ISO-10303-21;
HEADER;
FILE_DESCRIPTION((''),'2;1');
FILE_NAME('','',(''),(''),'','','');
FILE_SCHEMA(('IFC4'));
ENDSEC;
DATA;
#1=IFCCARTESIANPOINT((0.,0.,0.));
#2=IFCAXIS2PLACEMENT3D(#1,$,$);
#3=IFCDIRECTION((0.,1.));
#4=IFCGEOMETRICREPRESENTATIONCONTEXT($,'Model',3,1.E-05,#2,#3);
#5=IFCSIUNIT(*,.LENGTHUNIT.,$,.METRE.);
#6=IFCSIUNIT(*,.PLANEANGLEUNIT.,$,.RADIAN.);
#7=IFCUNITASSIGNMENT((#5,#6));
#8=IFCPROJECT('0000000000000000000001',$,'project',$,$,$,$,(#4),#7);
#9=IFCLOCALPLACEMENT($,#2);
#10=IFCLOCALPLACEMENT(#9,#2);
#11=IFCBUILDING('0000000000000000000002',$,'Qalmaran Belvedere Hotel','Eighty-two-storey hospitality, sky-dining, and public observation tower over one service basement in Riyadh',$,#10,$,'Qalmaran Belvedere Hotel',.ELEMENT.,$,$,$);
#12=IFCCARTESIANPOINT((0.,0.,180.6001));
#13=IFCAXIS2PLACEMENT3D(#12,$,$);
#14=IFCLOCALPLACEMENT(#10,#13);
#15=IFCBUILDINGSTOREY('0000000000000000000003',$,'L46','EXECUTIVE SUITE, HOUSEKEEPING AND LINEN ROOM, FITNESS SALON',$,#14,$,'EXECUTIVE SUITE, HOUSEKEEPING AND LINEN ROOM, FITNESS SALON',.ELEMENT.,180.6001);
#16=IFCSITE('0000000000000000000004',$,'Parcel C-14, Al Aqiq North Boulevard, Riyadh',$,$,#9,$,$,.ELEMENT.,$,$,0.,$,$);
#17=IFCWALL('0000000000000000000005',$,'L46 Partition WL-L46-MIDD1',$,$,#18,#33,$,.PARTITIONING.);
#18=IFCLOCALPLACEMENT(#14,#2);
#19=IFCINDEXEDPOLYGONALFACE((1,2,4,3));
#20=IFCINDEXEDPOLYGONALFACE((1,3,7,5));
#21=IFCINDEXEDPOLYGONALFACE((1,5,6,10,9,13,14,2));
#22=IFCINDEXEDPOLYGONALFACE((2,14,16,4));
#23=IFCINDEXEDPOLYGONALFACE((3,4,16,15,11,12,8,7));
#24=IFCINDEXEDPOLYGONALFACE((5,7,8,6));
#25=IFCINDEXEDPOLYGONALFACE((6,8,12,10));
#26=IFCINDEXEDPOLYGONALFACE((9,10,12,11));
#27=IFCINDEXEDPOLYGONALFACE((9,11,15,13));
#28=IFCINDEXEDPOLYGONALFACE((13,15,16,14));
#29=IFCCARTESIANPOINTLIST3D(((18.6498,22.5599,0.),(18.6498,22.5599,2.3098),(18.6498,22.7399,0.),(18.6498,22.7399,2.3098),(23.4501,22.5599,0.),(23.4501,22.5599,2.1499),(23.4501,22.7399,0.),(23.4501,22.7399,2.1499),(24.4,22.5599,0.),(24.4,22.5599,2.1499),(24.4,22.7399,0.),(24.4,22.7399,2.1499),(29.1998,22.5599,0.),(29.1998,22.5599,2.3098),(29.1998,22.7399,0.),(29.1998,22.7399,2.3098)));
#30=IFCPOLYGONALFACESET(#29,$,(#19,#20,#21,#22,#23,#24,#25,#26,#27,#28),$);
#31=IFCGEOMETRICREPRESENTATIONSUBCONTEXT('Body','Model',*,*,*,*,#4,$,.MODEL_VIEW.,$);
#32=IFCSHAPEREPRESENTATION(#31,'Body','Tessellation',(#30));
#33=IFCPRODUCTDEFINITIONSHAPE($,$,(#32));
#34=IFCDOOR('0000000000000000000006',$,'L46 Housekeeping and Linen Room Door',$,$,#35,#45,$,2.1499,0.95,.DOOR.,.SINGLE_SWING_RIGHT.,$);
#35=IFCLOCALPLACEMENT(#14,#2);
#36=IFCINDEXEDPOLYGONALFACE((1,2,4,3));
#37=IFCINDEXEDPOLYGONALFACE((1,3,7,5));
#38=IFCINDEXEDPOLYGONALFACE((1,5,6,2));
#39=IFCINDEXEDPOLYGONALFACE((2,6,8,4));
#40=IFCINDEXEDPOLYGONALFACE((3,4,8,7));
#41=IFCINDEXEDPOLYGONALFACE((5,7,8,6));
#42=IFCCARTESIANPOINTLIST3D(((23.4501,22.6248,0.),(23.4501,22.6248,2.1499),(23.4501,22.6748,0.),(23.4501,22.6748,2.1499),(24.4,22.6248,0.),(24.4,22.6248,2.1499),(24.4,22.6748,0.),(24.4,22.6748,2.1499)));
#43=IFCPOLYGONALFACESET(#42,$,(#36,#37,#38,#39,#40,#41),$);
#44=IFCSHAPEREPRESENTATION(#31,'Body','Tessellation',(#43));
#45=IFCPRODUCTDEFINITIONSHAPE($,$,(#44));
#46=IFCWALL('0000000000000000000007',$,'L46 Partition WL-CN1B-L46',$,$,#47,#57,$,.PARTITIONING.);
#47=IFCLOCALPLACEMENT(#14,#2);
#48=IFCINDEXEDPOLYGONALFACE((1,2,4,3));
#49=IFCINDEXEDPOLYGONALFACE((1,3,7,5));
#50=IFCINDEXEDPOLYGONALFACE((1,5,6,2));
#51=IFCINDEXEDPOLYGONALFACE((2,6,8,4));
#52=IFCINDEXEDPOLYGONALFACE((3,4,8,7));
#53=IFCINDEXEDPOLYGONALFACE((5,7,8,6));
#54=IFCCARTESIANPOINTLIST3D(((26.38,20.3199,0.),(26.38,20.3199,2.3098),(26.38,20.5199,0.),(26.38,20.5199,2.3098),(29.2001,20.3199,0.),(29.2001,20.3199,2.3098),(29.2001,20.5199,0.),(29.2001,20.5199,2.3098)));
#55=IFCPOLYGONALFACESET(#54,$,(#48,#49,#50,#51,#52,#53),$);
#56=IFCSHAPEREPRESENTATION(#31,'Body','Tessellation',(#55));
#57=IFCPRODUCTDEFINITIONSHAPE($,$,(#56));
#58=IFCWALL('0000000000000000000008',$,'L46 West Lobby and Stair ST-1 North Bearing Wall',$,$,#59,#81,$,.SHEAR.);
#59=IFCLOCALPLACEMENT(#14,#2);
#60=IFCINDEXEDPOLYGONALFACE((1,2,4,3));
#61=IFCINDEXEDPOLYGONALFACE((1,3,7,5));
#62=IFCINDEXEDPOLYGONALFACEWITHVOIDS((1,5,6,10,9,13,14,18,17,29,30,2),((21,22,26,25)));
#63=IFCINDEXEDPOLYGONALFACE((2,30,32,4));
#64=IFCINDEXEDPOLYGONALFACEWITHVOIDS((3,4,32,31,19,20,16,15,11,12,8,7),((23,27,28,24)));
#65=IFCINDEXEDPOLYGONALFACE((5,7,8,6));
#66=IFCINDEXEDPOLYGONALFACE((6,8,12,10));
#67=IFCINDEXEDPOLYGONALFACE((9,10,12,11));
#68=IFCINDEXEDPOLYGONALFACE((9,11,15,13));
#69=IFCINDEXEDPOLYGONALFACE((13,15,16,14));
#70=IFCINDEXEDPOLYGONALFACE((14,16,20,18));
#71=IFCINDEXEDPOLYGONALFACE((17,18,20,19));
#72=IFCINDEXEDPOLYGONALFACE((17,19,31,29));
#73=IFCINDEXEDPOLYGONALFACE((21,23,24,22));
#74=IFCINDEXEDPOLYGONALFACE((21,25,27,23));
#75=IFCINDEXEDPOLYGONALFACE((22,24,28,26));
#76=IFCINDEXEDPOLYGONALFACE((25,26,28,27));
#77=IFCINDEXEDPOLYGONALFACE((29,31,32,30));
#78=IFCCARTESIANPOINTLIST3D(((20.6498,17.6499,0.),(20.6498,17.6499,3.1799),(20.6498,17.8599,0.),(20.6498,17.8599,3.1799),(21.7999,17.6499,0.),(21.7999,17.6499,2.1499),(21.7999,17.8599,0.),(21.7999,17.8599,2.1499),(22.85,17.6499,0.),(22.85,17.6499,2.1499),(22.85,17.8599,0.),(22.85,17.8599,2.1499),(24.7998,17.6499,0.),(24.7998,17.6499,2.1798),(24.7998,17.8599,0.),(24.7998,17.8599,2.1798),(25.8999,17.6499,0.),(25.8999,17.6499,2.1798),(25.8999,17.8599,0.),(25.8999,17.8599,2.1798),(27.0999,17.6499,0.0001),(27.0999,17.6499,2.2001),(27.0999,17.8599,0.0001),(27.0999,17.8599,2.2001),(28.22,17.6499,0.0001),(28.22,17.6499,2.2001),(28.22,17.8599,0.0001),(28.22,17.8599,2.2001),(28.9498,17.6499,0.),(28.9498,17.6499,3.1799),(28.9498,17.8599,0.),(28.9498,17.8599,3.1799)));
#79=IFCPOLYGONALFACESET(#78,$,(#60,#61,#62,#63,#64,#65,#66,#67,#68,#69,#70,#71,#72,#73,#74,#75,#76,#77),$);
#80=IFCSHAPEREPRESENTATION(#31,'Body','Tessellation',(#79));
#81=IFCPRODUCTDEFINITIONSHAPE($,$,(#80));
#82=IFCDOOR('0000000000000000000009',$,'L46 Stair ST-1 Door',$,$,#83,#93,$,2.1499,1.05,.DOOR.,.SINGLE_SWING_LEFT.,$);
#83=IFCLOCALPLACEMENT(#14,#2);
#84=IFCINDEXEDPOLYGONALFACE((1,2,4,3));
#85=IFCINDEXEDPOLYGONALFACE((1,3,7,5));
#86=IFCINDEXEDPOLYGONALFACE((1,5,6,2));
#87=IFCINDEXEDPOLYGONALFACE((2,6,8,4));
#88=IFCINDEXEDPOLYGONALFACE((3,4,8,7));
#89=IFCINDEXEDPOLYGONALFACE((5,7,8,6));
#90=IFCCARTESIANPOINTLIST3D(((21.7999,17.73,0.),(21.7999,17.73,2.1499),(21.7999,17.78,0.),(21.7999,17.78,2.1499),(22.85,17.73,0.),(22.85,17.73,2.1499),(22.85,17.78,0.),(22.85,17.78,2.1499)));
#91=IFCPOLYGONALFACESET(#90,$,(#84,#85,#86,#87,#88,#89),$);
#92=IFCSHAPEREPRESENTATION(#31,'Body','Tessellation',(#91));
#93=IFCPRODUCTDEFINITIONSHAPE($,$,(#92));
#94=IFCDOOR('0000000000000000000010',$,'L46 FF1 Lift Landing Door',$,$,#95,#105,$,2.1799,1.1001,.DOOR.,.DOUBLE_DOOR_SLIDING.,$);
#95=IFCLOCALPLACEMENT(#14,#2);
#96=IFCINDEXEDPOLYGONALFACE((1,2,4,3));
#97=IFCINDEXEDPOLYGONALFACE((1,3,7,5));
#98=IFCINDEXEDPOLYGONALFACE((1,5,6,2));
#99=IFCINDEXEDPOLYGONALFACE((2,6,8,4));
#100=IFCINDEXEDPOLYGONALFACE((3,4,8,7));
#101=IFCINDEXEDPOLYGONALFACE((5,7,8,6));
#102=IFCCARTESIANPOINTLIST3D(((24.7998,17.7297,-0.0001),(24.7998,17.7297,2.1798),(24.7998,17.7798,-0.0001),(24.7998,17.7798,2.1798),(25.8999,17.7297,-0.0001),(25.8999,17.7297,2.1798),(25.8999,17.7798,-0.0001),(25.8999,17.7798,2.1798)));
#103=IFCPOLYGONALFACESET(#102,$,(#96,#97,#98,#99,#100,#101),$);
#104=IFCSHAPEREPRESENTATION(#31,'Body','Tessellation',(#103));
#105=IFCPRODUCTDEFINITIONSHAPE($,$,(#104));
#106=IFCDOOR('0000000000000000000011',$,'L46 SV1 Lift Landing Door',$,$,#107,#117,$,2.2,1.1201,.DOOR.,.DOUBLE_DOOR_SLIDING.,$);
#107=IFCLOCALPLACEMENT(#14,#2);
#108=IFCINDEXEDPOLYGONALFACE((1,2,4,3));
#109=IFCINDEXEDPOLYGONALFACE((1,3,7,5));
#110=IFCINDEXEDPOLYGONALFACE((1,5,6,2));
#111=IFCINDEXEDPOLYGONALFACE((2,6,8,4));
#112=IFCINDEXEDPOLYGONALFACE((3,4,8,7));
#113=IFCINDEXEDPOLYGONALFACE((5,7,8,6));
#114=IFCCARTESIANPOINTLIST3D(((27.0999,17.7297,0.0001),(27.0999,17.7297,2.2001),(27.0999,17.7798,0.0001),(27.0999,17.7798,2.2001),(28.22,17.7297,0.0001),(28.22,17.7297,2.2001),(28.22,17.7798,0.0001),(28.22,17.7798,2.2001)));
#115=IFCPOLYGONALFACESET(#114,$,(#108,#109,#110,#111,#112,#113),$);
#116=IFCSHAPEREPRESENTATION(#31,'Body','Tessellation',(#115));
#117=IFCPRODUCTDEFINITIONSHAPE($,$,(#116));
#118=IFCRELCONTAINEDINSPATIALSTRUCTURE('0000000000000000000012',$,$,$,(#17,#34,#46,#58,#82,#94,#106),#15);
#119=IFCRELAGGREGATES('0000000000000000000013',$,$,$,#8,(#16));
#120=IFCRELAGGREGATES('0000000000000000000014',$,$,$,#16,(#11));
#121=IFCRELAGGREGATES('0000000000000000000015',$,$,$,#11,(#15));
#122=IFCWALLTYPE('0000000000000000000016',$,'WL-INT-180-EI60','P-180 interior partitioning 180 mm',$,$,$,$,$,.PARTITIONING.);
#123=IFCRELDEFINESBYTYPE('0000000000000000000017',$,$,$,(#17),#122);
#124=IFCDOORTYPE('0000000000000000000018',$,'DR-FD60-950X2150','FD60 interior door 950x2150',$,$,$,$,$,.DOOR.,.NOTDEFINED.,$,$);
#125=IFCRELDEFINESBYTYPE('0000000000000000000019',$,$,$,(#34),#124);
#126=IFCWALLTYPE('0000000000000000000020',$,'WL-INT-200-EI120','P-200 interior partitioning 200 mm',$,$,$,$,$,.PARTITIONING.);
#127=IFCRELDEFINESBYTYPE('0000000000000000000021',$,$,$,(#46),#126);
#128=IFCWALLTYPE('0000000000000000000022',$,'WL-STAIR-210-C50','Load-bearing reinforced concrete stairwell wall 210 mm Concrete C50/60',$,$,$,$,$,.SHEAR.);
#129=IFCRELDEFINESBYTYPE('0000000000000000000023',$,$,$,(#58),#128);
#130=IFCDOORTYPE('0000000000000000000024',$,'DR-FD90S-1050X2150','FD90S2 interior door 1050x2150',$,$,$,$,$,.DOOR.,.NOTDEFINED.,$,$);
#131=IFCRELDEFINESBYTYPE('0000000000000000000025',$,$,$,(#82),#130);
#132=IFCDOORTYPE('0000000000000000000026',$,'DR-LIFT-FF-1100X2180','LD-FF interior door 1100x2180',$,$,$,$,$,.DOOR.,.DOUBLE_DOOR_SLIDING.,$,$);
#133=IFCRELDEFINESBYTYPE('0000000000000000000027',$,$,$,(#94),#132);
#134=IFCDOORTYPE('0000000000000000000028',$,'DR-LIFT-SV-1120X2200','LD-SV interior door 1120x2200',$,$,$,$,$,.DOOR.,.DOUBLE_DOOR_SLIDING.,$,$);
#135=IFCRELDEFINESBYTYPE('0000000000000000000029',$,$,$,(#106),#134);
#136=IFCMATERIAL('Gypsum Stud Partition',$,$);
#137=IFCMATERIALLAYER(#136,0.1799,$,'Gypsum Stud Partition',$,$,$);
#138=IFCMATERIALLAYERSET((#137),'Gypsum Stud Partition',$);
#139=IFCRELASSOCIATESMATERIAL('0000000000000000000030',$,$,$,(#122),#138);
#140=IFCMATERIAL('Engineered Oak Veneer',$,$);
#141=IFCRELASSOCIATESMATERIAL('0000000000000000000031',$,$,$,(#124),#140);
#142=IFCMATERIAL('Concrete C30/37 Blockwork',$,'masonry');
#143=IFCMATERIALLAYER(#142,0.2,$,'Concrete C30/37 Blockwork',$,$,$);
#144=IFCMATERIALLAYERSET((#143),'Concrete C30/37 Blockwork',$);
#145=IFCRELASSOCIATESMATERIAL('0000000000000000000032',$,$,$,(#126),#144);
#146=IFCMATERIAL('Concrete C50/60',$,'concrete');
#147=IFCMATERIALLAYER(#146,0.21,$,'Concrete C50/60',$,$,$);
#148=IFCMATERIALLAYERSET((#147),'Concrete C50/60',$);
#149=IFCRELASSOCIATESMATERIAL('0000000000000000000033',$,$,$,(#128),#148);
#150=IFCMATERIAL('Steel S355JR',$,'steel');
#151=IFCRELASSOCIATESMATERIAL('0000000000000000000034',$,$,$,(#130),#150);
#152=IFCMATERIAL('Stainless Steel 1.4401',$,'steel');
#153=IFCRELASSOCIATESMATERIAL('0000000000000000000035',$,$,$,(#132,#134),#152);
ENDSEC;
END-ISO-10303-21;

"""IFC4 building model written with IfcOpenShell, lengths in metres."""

from ifc_helpers import new_model, si_unit, direction, frame, frame_2d, origin, place, context, subcontext, project, spatial, rectangle, extrude, material, layer, layer_set, type_object, element, fill, save


model = new_model("IFC4")

# Units and contexts
model_context = context("Model", 3, precision=1e-05, world=origin(), true_north=direction((0.0, 1.0)))
body_context = subcontext(model_context, "Body", "Model", "MODEL_VIEW")
ifc_project = project(units=[si_unit("LENGTHUNIT", "METRE"), si_unit("PLANEANGLEUNIT", "RADIAN")], contexts=[model_context])

# Site, building, storey
site_placement = place(None, origin())
site = spatial("IfcSite", under=ifc_project, at=site_placement, Name="Parcel C-14, Al Aqiq North Boulevard, Riyadh", CompositionType="ELEMENT", RefElevation=0.0)
building_placement = place(site_placement, origin())
building = spatial("IfcBuilding", under=site, at=building_placement, Name="Qalmaran Belvedere Hotel", Description="Eighty-two-storey hospitality, sky-dining, and public observation tower over one service basement in Riyadh", LongName="Qalmaran Belvedere Hotel", CompositionType="ELEMENT")
storey_placement = place(building_placement, frame((0.0, 0.0, 180.6001)))
storey = spatial("IfcBuildingStorey", under=building, at=storey_placement, Name="L46", Description="EXECUTIVE SUITE, HOUSEKEEPING AND LINEN ROOM, FITNESS SALON", LongName="EXECUTIVE SUITE, HOUSEKEEPING AND LINEN ROOM, FITNESS SALON", CompositionType="ELEMENT", Elevation=180.6001)

# Shared definitions
ifc_material_1 = material(Name="Concrete C50/60", Category="concrete")

# Shared definitions
ifc_material_2 = material(Name="Steel S355JR", Category="steel")

# Shared definitions
ifc_material_3 = material(Name="Gypsum Stud Partition")

# Wall, opening, door
ifc_layer_1 = layer(ifc_material_3, 0.1799, Name="Gypsum Stud Partition")
ifc_layer_set_1 = layer_set([ifc_layer_1], Name="Gypsum Stud Partition")
wall_type_1 = type_object("IfcWallType", Name="WL-INT-180-EI60", Description="P-180 interior partitioning 180 mm", PredefinedType="PARTITIONING", material=ifc_layer_set_1)
wall_1_placement = place(storey_placement, frame((18.6499, 22.6499, 0.0), z_axis=(0.0, 0.0, 1.0), x_axis=(1.0, 0.0, 0.0)))
wall_1 = element("IfcWall", 1, at=wall_1_placement, inside=storey, type_object=wall_type_1, Name="L46 Partition WL-L46-MIDD1", PredefinedType="PARTITIONING", context=body_context, shape_type="SweptSolid", body=[
    extrude(rectangle(XDim=10.55, YDim=0.1799, at=frame_2d((5.2749, 0.0))), origin(), (0.0, 0.0, 1.0), 2.3098),
])
opening_1_placement = place(wall_1_placement, frame((4.8, 0.0, 0.0)))
opening_1 = element("IfcOpeningElement", 2, at=opening_1_placement, cuts=wall_1, PredefinedType="OPENING", context=body_context, shape_type="SweptSolid", body=[
    extrude(rectangle(XDim=0.95, YDim=2.1499, at=frame_2d((0.4751, 1.075))), frame((0.0, 0.1001, 0.0), z_axis=(0.0, -1.0, 0.0), x_axis=(1.0, 0.0, 0.0)), (0.0, 0.0, 1.0), 0.2),
])
ifc_material_4 = material(Name="Engineered Oak Veneer")
door_type_1 = type_object("IfcDoorType", Name="DR-FD60-950X2150", Description="FD60 interior door 950x2150", OperationType="NOTDEFINED", PredefinedType="DOOR", material=ifc_material_4)
door_1_placement = place(opening_1_placement, origin())
door_1 = element("IfcDoor", 3, at=door_1_placement, inside=storey, type_object=door_type_1, Name="L46 Housekeeping and Linen Room Door", OperationType="SINGLE_SWING_RIGHT", OverallHeight=2.1499, OverallWidth=0.95, PredefinedType="DOOR", context=body_context, shape_type="SweptSolid", body=[
    extrude(rectangle(XDim=0.95, YDim=2.1499, at=frame_2d((0.4751, 1.075))), frame((0.0, 0.0249, 0.0), z_axis=(0.0, -1.0, 0.0), x_axis=(1.0, 0.0, 0.0)), (0.0, 0.0, 1.0), 0.05),
])
fill(opening_1, door_1)
ifc_material_5 = material(Name="Concrete C30/37 Blockwork", Category="masonry")
ifc_layer_2 = layer(ifc_material_5, 0.2, Name="Concrete C30/37 Blockwork")
ifc_layer_set_2 = layer_set([ifc_layer_2], Name="Concrete C30/37 Blockwork")
wall_type_2 = type_object("IfcWallType", Name="WL-INT-200-EI120", Description="P-200 interior partitioning 200 mm", PredefinedType="PARTITIONING", material=ifc_layer_set_2)

# Wall
wall_2_placement = place(storey_placement, frame((26.3799, 20.4199, 0.0), z_axis=(0.0, 0.0, 1.0), x_axis=(1.0, 0.0, 0.0)))
element("IfcWall", 4, at=wall_2_placement, inside=storey, type_object=wall_type_2, Name="L46 Partition WL-CN1B-L46", PredefinedType="PARTITIONING", context=body_context, shape_type="SweptSolid", body=[
    extrude(rectangle(XDim=2.8201, YDim=0.2, at=frame_2d((1.4102, 0.0))), origin(), (0.0, 0.0, 1.0), 2.3098),
])

# Wall, openings, doors
ifc_layer_3 = layer(ifc_material_1, 0.21, Name="Concrete C50/60")
ifc_layer_set_3 = layer_set([ifc_layer_3], Name="Concrete C50/60")
wall_type_3 = type_object("IfcWallType", Name="WL-STAIR-210-C50", Description="Load-bearing reinforced concrete stairwell wall 210 mm Concrete C50/60", PredefinedType="SHEAR", material=ifc_layer_set_3)
wall_3_placement = place(storey_placement, frame((20.6499, 17.7549, 0.0), z_axis=(0.0, 0.0, 1.0), x_axis=(1.0, 0.0, 0.0)))
wall_3 = element("IfcWall", 5, at=wall_3_placement, inside=storey, type_object=wall_type_3, Name="L46 West Lobby and Stair ST-1 North Bearing Wall", PredefinedType="SHEAR", context=body_context, shape_type="SweptSolid", body=[
    extrude(rectangle(XDim=8.3, YDim=0.21, at=frame_2d((4.1499, 0.0))), origin(), (0.0, 0.0, 1.0), 3.1799),
])
opening_2_placement = place(wall_3_placement, frame((2.2, 0.0, 0.0), z_axis=(0.0, 0.0, 1.0), x_axis=(-1.0, 0.0, 0.0)))
opening_2 = element("IfcOpeningElement", 6, at=opening_2_placement, cuts=wall_3, PredefinedType="OPENING", context=body_context, shape_type="SweptSolid", body=[
    extrude(rectangle(XDim=1.05, YDim=2.1499, at=frame_2d((0.5249, 1.075))), frame((0.0, 0.115, 0.0), z_axis=(0.0, -1.0, 0.0), x_axis=(1.0, 0.0, 0.0)), (0.0, 0.0, 1.0), 0.23),
])
opening_3_placement = place(wall_3_placement, frame((4.1499, 0.0, 0.0)))
opening_3 = element("IfcOpeningElement", 7, at=opening_3_placement, cuts=wall_3, PredefinedType="OPENING", context=body_context, shape_type="SweptSolid", body=[
    extrude(rectangle(XDim=1.1001, YDim=2.1799, at=frame_2d((0.55, 1.0898))), frame((0.0, 0.115, 0.0), z_axis=(0.0, -1.0, 0.0), x_axis=(1.0, 0.0, 0.0)), (0.0, 0.0, 1.0), 0.23),
])
opening_4_placement = place(wall_3_placement, frame((6.45, 0.0, 0.0)))
opening_4 = element("IfcOpeningElement", 8, at=opening_4_placement, cuts=wall_3, PredefinedType="OPENING", context=body_context, shape_type="SweptSolid", body=[
    extrude(rectangle(XDim=1.1201, YDim=2.2, at=frame_2d((0.5601, 1.1001))), frame((0.0, 0.115, 0.0), z_axis=(0.0, -1.0, 0.0), x_axis=(1.0, 0.0, 0.0)), (0.0, 0.0, 1.0), 0.23),
])
door_type_2 = type_object("IfcDoorType", Name="DR-FD90S-1050X2150", Description="FD90S2 interior door 1050x2150", OperationType="NOTDEFINED", PredefinedType="DOOR", material=ifc_material_2)
door_2_placement = place(opening_2_placement, origin())
door_2 = element("IfcDoor", 9, at=door_2_placement, inside=storey, type_object=door_type_2, Name="L46 Stair ST-1 Door", OperationType="SINGLE_SWING_LEFT", OverallHeight=2.1499, OverallWidth=1.05, PredefinedType="DOOR", context=body_context, shape_type="SweptSolid", body=[
    extrude(rectangle(XDim=1.05, YDim=2.1499, at=frame_2d((0.5249, 1.075))), frame((0.0, 0.0249, 0.0), z_axis=(0.0, -1.0, 0.0), x_axis=(1.0, 0.0, 0.0)), (0.0, 0.0, 1.0), 0.05),
])
fill(opening_2, door_2)
ifc_material_6 = material(Name="Stainless Steel 1.4401", Category="steel")
door_type_3 = type_object("IfcDoorType", Name="DR-LIFT-FF-1100X2180", Description="LD-FF interior door 1100x2180", OperationType="DOUBLE_DOOR_SLIDING", PredefinedType="DOOR", material=ifc_material_6)
door_3_placement = place(opening_3_placement, origin())
door_3 = element("IfcDoor", 10, at=door_3_placement, inside=storey, type_object=door_type_3, Name="L46 FF1 Lift Landing Door", OperationType="DOUBLE_DOOR_SLIDING", OverallHeight=2.1799, OverallWidth=1.1001, PredefinedType="DOOR", context=body_context, shape_type="SweptSolid", body=[
    extrude(rectangle(XDim=1.1001, YDim=2.1799, at=frame_2d((0.55, 1.0898))), frame((0.0, 0.0249, 0.0), z_axis=(0.0, -1.0, 0.0), x_axis=(1.0, 0.0, 0.0)), (0.0, 0.0, 1.0), 0.05),
])
fill(opening_3, door_3)
door_type_4 = type_object("IfcDoorType", Name="DR-LIFT-SV-1120X2200", Description="LD-SV interior door 1120x2200", OperationType="DOUBLE_DOOR_SLIDING", PredefinedType="DOOR", material=ifc_material_6)
door_4_placement = place(opening_4_placement, origin())
door_4 = element("IfcDoor", 11, at=door_4_placement, inside=storey, type_object=door_type_4, Name="L46 SV1 Lift Landing Door", OperationType="DOUBLE_DOOR_SLIDING", OverallHeight=2.2, OverallWidth=1.1201, PredefinedType="DOOR", context=body_context, shape_type="SweptSolid", body=[
    extrude(rectangle(XDim=1.1201, YDim=2.2, at=frame_2d((0.5601, 1.1001))), frame((0.0, 0.0249, 0.0), z_axis=(0.0, -1.0, 0.0), x_axis=(1.0, 0.0, 0.0)), (0.0, 0.0, 1.0), 0.05),
])
fill(opening_4, door_4)

save(model, "model.ifc")
